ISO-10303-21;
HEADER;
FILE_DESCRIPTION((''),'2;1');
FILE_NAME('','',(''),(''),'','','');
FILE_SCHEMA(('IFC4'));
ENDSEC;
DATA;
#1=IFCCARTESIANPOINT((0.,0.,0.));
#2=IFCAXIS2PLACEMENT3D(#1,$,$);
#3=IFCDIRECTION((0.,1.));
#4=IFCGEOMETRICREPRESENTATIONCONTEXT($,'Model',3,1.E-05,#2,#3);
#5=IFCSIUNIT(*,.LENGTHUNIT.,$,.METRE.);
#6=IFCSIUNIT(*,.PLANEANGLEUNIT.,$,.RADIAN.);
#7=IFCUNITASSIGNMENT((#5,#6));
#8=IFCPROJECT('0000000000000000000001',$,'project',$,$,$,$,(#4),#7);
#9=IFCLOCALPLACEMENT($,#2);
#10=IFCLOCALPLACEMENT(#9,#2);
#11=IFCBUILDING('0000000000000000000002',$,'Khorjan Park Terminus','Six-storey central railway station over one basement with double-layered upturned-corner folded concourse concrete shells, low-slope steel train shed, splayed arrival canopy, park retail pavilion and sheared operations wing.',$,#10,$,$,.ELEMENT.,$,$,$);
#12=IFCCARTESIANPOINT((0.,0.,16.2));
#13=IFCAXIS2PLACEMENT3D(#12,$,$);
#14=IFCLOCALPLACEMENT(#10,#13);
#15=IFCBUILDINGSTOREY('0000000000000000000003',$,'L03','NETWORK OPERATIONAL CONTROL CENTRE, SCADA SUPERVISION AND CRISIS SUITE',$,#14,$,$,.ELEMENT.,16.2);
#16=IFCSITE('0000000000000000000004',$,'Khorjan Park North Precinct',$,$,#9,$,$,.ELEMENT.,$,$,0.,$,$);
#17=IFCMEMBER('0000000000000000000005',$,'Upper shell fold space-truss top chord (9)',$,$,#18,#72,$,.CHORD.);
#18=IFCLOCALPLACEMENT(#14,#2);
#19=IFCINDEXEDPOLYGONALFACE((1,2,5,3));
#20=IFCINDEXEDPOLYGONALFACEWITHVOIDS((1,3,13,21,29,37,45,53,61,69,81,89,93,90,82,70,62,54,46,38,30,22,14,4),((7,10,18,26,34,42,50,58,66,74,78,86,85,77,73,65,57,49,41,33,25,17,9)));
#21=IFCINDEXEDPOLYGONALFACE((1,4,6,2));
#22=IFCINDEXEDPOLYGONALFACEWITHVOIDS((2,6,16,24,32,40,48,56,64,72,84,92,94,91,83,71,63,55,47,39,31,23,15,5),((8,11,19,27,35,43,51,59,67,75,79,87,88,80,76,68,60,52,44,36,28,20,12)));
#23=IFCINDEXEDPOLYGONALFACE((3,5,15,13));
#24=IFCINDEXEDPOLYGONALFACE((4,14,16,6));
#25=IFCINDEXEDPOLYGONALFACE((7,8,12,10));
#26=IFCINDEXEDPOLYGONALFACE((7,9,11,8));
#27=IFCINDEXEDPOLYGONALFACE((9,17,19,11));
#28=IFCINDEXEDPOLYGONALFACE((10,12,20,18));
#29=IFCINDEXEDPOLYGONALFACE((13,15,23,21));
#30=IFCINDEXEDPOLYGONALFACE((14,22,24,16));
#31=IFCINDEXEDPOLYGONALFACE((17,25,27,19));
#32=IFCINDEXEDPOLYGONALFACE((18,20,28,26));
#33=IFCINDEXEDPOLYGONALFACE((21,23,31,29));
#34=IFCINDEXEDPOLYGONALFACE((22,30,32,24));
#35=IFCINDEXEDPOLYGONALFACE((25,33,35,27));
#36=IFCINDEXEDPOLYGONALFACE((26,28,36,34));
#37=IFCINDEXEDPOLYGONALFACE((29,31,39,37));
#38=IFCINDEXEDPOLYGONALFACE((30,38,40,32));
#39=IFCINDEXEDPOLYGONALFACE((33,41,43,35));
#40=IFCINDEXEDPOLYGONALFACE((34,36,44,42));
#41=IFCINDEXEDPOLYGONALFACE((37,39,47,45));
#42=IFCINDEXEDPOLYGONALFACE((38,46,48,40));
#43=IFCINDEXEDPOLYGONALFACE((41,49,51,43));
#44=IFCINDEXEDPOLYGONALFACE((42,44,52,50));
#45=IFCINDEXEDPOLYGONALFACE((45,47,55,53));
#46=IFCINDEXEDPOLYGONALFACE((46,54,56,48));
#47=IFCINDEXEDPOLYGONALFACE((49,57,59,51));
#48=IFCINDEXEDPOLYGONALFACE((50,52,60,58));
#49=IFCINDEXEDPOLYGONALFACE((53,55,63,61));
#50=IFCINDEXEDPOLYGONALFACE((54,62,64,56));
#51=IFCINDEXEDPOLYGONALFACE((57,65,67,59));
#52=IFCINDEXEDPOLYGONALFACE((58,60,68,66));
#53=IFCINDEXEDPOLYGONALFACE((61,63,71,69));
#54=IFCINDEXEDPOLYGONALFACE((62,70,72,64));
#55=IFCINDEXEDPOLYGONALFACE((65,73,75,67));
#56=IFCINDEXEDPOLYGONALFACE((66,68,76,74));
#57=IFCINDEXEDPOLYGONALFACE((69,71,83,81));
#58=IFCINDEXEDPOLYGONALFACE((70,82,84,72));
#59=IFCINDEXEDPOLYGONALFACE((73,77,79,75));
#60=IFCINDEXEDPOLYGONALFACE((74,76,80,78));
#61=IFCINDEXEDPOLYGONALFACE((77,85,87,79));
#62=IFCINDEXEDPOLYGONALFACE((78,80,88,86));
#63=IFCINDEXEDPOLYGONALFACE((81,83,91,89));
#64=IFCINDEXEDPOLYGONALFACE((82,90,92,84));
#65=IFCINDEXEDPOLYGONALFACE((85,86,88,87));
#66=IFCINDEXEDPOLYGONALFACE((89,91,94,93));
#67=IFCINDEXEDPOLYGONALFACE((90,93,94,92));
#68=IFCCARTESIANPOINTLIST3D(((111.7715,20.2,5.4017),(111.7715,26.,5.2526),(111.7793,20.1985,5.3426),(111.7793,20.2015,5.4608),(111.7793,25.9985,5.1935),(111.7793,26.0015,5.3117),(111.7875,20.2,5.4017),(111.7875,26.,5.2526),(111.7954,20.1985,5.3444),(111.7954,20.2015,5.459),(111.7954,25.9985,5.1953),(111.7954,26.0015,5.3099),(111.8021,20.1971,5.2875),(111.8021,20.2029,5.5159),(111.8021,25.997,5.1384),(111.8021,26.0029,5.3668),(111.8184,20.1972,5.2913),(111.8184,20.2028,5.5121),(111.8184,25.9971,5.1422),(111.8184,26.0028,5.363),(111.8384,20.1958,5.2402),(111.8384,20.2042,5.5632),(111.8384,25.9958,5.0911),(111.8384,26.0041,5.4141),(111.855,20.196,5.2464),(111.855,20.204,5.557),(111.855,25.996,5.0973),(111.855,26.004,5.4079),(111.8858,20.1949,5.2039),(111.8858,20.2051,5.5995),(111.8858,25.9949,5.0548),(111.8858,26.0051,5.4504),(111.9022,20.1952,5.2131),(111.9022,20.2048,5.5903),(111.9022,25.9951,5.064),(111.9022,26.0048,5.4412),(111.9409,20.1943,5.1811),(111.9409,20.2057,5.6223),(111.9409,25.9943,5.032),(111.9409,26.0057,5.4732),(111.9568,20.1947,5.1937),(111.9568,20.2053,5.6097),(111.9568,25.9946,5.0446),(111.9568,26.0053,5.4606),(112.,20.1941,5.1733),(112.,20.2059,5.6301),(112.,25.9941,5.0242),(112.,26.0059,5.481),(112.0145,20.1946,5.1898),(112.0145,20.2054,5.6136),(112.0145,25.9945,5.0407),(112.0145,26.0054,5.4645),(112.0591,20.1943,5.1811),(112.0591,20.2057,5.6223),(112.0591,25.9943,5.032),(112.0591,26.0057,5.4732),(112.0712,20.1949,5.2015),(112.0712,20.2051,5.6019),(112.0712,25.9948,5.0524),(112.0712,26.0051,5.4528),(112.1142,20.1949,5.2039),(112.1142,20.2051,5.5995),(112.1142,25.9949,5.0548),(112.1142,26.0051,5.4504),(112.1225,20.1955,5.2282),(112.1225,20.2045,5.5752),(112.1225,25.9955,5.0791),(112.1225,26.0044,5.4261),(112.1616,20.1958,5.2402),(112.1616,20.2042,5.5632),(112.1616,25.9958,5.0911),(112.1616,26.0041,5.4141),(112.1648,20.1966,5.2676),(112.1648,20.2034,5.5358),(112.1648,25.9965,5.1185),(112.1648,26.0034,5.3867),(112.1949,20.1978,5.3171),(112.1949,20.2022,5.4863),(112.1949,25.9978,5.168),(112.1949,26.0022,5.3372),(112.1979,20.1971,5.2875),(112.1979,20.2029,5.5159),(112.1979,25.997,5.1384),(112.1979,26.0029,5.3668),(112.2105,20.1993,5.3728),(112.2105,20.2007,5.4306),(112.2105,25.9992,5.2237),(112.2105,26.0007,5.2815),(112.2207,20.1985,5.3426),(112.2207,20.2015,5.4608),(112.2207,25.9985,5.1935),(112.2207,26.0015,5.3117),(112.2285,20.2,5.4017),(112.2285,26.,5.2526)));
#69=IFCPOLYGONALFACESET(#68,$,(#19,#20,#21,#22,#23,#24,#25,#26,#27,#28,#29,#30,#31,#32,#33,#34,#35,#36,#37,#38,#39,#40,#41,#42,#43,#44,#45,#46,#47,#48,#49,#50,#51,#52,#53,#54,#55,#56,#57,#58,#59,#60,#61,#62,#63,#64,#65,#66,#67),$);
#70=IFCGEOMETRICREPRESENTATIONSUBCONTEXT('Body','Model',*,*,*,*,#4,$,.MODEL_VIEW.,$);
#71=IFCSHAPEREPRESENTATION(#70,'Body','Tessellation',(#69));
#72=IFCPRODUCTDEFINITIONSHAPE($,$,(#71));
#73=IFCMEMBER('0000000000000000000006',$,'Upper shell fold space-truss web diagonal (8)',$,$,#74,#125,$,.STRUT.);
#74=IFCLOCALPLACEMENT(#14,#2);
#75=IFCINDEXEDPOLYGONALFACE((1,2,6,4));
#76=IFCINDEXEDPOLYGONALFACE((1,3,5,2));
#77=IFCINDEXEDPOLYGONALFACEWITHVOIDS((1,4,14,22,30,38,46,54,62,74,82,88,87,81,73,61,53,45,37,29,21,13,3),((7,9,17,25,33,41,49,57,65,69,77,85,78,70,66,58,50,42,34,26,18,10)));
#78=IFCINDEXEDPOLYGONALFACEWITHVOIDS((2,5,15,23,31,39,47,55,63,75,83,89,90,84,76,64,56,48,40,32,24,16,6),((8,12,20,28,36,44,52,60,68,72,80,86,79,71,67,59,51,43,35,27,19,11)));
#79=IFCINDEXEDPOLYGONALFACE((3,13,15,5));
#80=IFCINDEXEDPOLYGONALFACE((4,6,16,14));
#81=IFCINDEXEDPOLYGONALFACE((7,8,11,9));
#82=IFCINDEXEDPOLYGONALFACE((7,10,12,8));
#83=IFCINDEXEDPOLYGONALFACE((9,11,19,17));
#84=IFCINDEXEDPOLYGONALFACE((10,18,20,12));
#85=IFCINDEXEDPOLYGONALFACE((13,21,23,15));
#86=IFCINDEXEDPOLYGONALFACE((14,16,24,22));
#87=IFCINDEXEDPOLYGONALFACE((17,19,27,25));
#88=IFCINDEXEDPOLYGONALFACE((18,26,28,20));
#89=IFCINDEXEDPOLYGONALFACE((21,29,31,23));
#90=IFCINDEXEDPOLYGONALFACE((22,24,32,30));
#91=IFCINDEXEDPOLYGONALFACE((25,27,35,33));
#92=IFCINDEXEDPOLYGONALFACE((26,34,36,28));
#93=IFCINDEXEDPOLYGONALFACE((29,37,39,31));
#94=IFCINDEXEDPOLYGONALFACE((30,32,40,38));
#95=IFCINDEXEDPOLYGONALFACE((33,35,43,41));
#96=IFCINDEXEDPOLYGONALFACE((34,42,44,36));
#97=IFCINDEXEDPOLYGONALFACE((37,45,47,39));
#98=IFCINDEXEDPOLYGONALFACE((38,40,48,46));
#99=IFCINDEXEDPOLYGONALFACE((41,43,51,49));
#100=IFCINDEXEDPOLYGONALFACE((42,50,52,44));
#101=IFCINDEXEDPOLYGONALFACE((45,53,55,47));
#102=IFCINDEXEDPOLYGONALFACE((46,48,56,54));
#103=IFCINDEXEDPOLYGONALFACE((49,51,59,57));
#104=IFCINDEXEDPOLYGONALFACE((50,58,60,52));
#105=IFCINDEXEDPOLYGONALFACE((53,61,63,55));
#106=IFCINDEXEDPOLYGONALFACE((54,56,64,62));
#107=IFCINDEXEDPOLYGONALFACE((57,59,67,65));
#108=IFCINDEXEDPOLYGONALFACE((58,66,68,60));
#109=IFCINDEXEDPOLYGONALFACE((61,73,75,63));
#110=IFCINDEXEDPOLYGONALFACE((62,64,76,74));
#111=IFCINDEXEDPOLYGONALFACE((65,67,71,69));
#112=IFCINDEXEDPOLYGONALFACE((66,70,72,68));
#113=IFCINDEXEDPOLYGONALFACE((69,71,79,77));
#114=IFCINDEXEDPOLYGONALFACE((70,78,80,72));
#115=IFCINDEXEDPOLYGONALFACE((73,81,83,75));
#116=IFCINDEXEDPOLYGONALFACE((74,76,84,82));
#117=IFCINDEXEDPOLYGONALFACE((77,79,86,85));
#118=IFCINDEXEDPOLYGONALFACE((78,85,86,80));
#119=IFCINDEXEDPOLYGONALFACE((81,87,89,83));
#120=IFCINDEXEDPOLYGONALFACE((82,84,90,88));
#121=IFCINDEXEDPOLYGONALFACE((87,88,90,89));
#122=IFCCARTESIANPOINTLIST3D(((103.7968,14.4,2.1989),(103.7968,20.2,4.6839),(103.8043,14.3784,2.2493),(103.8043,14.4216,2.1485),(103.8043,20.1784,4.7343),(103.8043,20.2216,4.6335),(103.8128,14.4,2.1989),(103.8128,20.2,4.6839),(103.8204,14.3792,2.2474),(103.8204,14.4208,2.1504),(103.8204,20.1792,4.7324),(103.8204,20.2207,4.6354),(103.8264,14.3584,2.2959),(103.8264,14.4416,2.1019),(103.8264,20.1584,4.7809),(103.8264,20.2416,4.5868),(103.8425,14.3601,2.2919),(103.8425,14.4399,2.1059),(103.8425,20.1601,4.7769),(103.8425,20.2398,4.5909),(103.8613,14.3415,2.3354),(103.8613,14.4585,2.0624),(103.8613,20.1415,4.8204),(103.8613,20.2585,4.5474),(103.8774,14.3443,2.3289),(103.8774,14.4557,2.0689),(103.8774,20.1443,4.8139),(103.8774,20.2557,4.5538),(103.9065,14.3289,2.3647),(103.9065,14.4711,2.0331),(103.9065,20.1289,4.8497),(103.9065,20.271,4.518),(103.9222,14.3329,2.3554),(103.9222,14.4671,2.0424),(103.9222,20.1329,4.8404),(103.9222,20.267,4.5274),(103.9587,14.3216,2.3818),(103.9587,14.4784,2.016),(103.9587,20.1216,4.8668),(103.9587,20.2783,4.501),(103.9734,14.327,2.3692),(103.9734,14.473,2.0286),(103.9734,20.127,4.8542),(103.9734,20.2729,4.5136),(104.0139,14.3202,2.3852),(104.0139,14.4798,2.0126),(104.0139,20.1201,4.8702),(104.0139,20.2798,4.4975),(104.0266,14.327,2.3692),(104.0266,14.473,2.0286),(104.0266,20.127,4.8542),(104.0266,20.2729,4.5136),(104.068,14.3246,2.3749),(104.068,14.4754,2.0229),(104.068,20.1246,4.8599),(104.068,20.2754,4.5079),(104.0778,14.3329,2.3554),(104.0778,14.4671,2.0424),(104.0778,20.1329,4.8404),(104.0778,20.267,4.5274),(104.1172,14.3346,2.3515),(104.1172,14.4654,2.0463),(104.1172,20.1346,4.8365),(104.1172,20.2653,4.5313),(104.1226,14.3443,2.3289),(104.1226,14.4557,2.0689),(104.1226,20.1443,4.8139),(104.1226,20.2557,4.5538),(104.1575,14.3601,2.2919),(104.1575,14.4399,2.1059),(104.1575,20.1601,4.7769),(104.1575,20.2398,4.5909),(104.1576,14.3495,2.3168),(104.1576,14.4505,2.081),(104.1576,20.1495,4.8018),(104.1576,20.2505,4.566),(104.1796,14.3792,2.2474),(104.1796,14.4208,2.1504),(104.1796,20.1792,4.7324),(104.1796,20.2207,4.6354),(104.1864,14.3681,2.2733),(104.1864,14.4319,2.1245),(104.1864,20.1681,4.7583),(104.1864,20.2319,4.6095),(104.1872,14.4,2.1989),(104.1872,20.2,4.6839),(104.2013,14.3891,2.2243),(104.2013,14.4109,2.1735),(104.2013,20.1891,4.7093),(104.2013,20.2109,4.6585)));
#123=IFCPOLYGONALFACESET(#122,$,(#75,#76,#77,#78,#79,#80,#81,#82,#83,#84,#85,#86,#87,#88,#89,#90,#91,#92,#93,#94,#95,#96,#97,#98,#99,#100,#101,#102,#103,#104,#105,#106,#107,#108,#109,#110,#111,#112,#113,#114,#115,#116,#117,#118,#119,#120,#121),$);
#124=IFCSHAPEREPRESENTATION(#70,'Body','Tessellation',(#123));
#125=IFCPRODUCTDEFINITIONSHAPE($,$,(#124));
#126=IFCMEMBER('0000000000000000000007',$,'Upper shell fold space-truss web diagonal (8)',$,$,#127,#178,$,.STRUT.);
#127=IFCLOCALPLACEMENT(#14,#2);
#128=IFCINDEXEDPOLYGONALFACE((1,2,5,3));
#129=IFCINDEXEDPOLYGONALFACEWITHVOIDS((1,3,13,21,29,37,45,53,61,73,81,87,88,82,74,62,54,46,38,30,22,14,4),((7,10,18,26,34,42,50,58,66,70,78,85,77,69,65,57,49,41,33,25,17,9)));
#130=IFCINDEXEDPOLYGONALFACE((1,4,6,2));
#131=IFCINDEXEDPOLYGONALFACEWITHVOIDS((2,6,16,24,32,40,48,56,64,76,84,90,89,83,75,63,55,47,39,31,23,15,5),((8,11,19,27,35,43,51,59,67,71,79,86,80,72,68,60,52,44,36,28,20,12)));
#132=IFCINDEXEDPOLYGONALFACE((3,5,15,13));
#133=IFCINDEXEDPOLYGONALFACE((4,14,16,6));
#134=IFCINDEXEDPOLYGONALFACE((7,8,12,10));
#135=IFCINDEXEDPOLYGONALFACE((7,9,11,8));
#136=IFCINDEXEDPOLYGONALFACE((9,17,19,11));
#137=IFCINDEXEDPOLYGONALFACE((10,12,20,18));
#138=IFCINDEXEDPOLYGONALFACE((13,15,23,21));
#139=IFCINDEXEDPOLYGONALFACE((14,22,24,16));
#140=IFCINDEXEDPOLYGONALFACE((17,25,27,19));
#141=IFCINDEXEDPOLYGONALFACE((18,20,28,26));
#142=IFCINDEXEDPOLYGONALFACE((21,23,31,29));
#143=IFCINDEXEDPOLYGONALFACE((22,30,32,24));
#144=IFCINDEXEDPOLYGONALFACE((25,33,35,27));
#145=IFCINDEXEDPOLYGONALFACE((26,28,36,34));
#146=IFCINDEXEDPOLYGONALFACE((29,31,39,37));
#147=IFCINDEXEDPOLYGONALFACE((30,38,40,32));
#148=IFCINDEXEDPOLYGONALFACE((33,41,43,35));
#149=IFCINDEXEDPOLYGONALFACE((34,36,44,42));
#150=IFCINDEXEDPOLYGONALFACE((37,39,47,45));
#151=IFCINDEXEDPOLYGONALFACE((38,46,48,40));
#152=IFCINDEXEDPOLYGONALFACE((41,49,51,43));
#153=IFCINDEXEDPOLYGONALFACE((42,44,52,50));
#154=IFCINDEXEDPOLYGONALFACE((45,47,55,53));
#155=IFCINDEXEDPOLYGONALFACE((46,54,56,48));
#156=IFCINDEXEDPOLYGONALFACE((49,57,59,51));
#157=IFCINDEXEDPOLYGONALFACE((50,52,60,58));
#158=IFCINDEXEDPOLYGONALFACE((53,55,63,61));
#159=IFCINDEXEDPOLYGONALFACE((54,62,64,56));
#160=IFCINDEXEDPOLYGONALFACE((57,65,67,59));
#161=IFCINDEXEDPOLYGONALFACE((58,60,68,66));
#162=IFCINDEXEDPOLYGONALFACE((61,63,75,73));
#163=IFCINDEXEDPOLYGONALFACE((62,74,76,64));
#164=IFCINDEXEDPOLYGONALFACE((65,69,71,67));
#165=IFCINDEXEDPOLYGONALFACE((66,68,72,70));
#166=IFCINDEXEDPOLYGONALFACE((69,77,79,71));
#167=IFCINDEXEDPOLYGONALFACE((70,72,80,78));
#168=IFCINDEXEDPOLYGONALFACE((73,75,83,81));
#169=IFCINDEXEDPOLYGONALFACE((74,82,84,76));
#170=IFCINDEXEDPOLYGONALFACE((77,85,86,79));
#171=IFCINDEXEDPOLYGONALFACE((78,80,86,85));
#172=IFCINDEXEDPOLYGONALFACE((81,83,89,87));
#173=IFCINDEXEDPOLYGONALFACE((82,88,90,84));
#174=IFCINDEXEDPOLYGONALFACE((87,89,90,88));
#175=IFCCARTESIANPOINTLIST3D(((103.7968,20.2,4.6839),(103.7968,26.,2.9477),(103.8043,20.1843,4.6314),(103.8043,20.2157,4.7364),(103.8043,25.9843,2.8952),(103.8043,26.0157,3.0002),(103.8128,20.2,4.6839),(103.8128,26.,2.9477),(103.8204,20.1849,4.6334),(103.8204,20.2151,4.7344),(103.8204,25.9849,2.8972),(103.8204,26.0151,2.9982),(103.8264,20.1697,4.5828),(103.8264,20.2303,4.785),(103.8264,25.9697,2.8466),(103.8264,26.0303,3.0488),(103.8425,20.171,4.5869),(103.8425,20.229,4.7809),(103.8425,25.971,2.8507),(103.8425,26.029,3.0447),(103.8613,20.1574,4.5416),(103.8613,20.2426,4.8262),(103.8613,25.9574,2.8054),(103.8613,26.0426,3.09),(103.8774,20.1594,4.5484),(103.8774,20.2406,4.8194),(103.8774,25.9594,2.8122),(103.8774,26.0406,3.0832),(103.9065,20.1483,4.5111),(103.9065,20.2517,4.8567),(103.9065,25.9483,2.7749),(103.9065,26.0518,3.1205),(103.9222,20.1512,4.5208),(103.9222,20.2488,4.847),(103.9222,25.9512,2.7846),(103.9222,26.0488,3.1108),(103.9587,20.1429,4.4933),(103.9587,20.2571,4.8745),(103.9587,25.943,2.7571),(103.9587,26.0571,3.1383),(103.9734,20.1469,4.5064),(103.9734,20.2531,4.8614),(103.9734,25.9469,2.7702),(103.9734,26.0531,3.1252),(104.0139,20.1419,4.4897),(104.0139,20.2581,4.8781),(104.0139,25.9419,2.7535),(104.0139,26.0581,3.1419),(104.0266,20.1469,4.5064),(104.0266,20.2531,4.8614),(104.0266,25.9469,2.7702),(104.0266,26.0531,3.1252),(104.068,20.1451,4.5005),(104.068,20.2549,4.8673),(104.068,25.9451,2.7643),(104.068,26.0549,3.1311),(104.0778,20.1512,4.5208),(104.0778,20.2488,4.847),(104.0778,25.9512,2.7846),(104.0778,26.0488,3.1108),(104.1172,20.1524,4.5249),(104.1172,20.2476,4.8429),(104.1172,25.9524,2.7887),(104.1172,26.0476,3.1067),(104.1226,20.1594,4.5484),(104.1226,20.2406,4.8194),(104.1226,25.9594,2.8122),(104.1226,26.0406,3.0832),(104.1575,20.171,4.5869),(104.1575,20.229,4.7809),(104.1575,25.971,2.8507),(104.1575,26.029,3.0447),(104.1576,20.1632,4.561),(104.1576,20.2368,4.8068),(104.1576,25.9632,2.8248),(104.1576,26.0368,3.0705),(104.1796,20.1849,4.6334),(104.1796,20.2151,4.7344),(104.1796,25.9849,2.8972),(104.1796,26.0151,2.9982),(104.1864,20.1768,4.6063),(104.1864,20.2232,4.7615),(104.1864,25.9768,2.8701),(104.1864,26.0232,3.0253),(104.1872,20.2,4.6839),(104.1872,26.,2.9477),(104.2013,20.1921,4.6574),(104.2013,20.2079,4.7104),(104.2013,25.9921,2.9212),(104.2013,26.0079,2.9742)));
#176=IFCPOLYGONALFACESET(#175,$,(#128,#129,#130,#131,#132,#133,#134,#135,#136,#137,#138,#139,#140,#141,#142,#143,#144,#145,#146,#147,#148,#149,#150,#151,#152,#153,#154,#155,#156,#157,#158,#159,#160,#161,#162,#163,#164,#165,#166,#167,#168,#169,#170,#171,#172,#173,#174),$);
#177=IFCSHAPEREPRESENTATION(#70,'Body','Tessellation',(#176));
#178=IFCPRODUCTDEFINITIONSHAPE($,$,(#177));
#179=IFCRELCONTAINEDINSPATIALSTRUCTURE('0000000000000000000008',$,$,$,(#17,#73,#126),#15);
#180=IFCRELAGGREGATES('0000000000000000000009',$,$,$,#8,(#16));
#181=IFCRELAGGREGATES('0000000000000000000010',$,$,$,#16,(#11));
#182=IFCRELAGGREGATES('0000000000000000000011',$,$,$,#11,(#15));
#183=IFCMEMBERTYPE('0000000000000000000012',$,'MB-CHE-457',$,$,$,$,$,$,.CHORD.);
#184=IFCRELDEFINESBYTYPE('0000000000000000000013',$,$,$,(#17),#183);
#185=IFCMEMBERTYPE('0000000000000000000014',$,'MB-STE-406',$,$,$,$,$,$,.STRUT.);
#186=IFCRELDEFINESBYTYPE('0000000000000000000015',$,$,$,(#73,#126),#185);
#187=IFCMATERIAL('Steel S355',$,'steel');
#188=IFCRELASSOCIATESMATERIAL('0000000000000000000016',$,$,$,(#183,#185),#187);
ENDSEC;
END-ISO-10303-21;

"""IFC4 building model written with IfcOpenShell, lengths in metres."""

from ifc_helpers import new_model, si_unit, direction, frame, origin, origin_2d, place, context, subcontext, project, spatial, hollow_circle, extrude, material, material_profile, profile_set, type_object, element, save


model = new_model("IFC4")

# Units and contexts
model_context = context("Model", 3, precision=1e-05, world=origin(), true_north=direction((0.0, 1.0)))
body_context = subcontext(model_context, "Body", "Model", "MODEL_VIEW")
ifc_project = project(units=[si_unit("LENGTHUNIT", "METRE"), si_unit("PLANEANGLEUNIT", "RADIAN")], contexts=[model_context])

# Site, building, storey
site_placement = place(None, origin())
site = spatial("IfcSite", under=ifc_project, at=site_placement, Name="Khorjan Park North Precinct", CompositionType="ELEMENT", RefElevation=0.0)
building_placement = place(site_placement, origin())
building = spatial("IfcBuilding", under=site, at=building_placement, Name="Khorjan Park Terminus", Description="Six-storey central railway station over one basement with double-layered upturned-corner folded concourse concrete shells, low-slope steel train shed, splayed arrival canopy, park retail pavilion and sheared operations wing.", CompositionType="ELEMENT")
storey_placement = place(building_placement, frame((0.0, 0.0, 16.2)))
storey = spatial("IfcBuildingStorey", under=building, at=storey_placement, Name="L03", Description="NETWORK OPERATIONAL CONTROL CENTRE, SCADA SUPERVISION AND CRISIS SUITE", CompositionType="ELEMENT", Elevation=16.2)

# Members
ifc_material = material(Name="Steel S355", Category="steel")
ifc_material_profile_1 = material_profile(ifc_material, hollow_circle(Radius=0.2285, WallThickness=0.016, at=origin_2d()), Name="CHS 457x16")
ifc_profile_set_1 = profile_set([ifc_material_profile_1], Name="Steel S355")
member_type_1 = type_object("IfcMemberType", Name="MB-CHE-457", PredefinedType="CHORD", material=ifc_profile_set_1)
member_1_placement = place(storey_placement, frame((112.0, 20.2, 5.4017), z_axis=(0.0, 0.99967, -0.025698), x_axis=(-1.0, 0.0, 0.0)))
element("IfcMember", 1, at=member_1_placement, inside=storey, type_object=member_type_1, Name="Upper shell fold space-truss top chord (9)", PredefinedType="CHORD", context=body_context, shape_type="SweptSolid", body=[
    extrude(hollow_circle(Radius=0.2285, WallThickness=0.016, at=origin_2d()), origin(), (0.0, 0.0, 1.0), 5.8019),
])
ifc_material_profile_2 = material_profile(ifc_material, hollow_circle(Radius=0.2032, WallThickness=0.016, at=origin_2d()), Name="CHS 406.4x16")
ifc_profile_set_2 = profile_set([ifc_material_profile_2], Name="Steel S355")
member_type_2 = type_object("IfcMemberType", Name="MB-STE-406", PredefinedType="STRUT", material=ifc_profile_set_2)
member_2_placement = place(storey_placement, frame((104.0, 14.4, 2.1989), z_axis=(0.0, 0.919186, 0.393824), x_axis=(-1.0, 0.0, 0.0)))
element("IfcMember", 2, at=member_2_placement, inside=storey, type_object=member_type_2, Name="Upper shell fold space-truss web diagonal (8)", PredefinedType="STRUT", context=body_context, shape_type="SweptSolid", body=[
    extrude(hollow_circle(Radius=0.2032, WallThickness=0.016, at=origin_2d()), origin(), (0.0, 0.0, 1.0), 6.3099),
])
member_3_placement = place(storey_placement, frame((104.0, 20.2, 4.6839), z_axis=(0.0, 0.957999, -0.286772), x_axis=(-1.0, 0.0, 0.0)))
element("IfcMember", 3, at=member_3_placement, inside=storey, type_object=member_type_2, Name="Upper shell fold space-truss web diagonal (8)", PredefinedType="STRUT", context=body_context, shape_type="SweptSolid", body=[
    extrude(hollow_circle(Radius=0.2032, WallThickness=0.016, at=origin_2d()), origin(), (0.0, 0.0, 1.0), 6.0543),
])

save(model, "model.ifc")
